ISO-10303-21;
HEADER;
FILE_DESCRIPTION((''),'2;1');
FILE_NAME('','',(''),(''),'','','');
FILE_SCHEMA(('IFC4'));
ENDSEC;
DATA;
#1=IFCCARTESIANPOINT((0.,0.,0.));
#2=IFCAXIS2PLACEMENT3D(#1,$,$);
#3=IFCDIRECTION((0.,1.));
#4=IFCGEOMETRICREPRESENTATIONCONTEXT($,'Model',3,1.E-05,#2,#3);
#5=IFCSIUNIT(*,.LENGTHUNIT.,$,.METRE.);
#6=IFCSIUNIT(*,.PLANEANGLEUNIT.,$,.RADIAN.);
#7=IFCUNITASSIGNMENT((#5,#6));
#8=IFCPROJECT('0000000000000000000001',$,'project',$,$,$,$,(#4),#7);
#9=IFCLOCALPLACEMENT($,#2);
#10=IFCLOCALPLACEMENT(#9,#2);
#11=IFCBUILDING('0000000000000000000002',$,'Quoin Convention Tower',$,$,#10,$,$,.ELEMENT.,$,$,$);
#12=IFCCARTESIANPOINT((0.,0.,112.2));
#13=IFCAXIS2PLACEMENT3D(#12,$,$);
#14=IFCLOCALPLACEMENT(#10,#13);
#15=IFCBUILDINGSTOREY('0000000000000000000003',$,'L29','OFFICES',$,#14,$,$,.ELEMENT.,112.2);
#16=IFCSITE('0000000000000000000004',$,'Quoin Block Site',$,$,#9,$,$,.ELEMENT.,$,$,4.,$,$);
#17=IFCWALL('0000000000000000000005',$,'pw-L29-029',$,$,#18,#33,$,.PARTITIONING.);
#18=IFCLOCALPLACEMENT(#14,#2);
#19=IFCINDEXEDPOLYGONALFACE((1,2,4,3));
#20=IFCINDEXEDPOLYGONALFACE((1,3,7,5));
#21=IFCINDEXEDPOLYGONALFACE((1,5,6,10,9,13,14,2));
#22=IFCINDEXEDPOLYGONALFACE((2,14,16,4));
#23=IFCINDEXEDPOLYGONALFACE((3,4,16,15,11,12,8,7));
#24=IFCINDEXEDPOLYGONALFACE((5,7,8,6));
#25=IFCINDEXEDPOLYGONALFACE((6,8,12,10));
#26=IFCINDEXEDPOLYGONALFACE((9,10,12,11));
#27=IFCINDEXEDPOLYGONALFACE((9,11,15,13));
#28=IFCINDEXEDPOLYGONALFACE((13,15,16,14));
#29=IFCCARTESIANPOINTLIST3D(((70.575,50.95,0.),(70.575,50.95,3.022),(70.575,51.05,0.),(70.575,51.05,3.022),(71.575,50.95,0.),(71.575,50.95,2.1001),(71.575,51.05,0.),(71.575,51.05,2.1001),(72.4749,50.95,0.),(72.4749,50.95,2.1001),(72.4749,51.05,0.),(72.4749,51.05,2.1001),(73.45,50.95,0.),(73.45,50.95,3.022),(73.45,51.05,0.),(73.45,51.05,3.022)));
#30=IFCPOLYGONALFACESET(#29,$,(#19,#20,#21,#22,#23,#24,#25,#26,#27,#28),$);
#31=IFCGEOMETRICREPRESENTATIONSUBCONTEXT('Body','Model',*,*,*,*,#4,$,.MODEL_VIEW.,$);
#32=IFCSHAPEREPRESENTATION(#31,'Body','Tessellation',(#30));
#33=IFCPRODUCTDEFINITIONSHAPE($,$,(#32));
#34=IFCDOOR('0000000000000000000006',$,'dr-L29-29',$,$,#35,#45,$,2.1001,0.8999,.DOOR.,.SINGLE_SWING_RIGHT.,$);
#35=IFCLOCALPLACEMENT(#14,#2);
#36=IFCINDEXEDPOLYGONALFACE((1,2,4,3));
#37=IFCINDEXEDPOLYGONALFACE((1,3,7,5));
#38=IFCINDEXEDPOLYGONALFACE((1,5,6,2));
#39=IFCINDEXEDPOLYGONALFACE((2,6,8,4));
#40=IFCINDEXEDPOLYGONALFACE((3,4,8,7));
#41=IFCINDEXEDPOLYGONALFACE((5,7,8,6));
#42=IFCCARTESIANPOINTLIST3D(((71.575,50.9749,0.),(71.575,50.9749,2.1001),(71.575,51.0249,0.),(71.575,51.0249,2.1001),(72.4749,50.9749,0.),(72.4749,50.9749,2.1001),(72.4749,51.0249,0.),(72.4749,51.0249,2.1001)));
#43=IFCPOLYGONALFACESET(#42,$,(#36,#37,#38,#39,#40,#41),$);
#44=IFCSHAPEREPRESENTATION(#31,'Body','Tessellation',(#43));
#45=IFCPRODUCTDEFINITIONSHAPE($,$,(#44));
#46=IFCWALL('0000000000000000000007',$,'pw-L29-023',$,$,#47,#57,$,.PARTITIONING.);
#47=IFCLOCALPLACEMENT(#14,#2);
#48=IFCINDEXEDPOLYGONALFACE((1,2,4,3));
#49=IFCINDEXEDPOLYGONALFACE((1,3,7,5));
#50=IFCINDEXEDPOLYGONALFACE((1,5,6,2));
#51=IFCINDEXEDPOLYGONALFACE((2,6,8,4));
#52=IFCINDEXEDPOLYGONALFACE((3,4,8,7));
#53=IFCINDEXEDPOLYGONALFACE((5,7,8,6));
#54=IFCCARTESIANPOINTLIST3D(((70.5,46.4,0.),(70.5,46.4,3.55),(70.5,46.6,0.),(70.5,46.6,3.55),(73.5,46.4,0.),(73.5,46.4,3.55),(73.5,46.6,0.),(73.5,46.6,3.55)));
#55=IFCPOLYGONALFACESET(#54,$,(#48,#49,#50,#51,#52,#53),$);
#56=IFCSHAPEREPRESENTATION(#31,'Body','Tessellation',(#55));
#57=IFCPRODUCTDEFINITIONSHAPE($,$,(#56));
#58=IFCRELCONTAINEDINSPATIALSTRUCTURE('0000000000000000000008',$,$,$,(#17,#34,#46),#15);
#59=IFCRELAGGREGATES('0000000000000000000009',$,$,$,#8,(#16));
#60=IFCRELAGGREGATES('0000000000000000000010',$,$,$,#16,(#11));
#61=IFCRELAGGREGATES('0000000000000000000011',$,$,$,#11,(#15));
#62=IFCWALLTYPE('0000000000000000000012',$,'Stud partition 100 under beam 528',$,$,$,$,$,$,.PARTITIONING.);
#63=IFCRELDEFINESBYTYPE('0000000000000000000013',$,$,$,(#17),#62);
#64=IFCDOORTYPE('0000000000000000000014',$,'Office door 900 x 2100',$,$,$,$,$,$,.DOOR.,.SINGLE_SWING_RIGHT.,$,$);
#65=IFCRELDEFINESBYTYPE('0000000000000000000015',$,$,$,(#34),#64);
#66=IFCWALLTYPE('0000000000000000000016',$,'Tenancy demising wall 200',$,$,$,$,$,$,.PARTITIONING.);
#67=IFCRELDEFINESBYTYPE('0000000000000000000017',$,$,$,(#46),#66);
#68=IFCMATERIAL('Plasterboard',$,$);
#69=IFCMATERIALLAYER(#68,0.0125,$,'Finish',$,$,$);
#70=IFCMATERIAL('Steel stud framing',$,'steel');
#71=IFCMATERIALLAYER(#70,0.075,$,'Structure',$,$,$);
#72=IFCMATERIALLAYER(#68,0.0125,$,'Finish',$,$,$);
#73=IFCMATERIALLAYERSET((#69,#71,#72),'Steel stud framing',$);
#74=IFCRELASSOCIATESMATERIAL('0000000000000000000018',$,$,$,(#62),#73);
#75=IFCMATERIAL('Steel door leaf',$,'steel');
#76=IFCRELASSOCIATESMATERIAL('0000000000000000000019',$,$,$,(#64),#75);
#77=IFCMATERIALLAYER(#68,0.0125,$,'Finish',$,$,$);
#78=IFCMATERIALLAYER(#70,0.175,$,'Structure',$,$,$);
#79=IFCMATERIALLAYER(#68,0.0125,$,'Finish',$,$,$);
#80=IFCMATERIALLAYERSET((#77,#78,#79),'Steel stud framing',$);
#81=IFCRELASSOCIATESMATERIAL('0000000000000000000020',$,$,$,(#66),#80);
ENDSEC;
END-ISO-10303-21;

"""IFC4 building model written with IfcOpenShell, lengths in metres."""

from ifc_helpers import new_model, si_unit, direction, frame, frame_2d, origin, place, context, subcontext, project, spatial, rectangle, extrude, material, layer, layer_set, type_object, element, fill, save


model = new_model("IFC4")

# Units and contexts
model_context = context("Model", 3, precision=1e-05, world=origin(), true_north=direction((0.0, 1.0)))
body_context = subcontext(model_context, "Body", "Model", "MODEL_VIEW")
ifc_project = project(units=[si_unit("LENGTHUNIT", "METRE"), si_unit("PLANEANGLEUNIT", "RADIAN")], contexts=[model_context])

# Site, building, storey
site_placement = place(None, origin())
site = spatial("IfcSite", under=ifc_project, at=site_placement, Name="Quoin Block Site", CompositionType="ELEMENT", RefElevation=4.0)
building_placement = place(site_placement, origin())
building = spatial("IfcBuilding", under=site, at=building_placement, Name="Quoin Convention Tower", CompositionType="ELEMENT")
storey_placement = place(building_placement, frame((0.0, 0.0, 112.2)))
storey = spatial("IfcBuildingStorey", under=building, at=storey_placement, Name="L29", Description="OFFICES", CompositionType="ELEMENT", Elevation=112.2)

# Shared definitions
ifc_material_1 = material(Name="Plasterboard")
ifc_material_2 = material(Name="Steel stud framing", Category="steel")
ifc_material_3 = material(Name="Steel door leaf", Category="steel")

# Wall, opening, door
ifc_layer_1 = layer(ifc_material_1, 0.0125, Name="Finish")
ifc_layer_2 = layer(ifc_material_2, 0.075, Name="Structure")
ifc_layer_3 = layer(ifc_material_1, 0.0125, Name="Finish")
ifc_layer_set_1 = layer_set([ifc_layer_1, ifc_layer_2, ifc_layer_3], Name="Steel stud framing")
wall_type_1 = type_object("IfcWallType", Name="Stud partition 100 under beam 528", PredefinedType="PARTITIONING", material=ifc_layer_set_1)
wall_1_placement = place(storey_placement, frame((70.575, 51.0, 0.0), z_axis=(0.0, 0.0, 1.0), x_axis=(1.0, 0.0, 0.0)))
wall_1 = element("IfcWall", 1, at=wall_1_placement, inside=storey, type_object=wall_type_1, Name="pw-L29-029", PredefinedType="PARTITIONING", context=body_context, shape_type="SweptSolid", body=[
    extrude(rectangle(XDim=2.875, YDim=0.1001, at=frame_2d((1.4375, 0.0))), origin(), (0.0, 0.0, 1.0), 3.022),
])
opening_1_placement = place(wall_1_placement, frame((1.0, 0.0, 0.0)))
opening_1 = element("IfcOpeningElement", 2, at=opening_1_placement, cuts=wall_1, PredefinedType="OPENING", context=body_context, shape_type="SweptSolid", body=[
    extrude(rectangle(XDim=0.8999, YDim=2.1001, at=frame_2d((0.45, 1.05))), frame((0.0, 0.0601, 0.0), z_axis=(0.0, -1.0, 0.0), x_axis=(1.0, 0.0, 0.0)), (0.0, 0.0, 1.0), 0.1201),
])
door_type_1 = type_object("IfcDoorType", Name="Office door 900 x 2100", OperationType="SINGLE_SWING_RIGHT", PredefinedType="DOOR", material=ifc_material_3)
door_1_placement = place(opening_1_placement, origin())
door_1 = element("IfcDoor", 3, at=door_1_placement, inside=storey, type_object=door_type_1, Name="dr-L29-29", OperationType="SINGLE_SWING_RIGHT", OverallHeight=2.1001, OverallWidth=0.8999, PredefinedType="DOOR", context=body_context, shape_type="SweptSolid", body=[
    extrude(rectangle(XDim=0.8999, YDim=2.1001, at=frame_2d((0.45, 1.05))), frame((0.0, 0.0249, 0.0), z_axis=(0.0, -1.0, 0.0), x_axis=(1.0, 0.0, 0.0)), (0.0, 0.0, 1.0), 0.05),
])
fill(opening_1, door_1)

# Wall
ifc_layer_4 = layer(ifc_material_1, 0.0125, Name="Finish")
ifc_layer_5 = layer(ifc_material_2, 0.175, Name="Structure")
ifc_layer_6 = layer(ifc_material_1, 0.0125, Name="Finish")
ifc_layer_set_2 = layer_set([ifc_layer_4, ifc_layer_5, ifc_layer_6], Name="Steel stud framing")
wall_type_2 = type_object("IfcWallType", Name="Tenancy demising wall 200", PredefinedType="PARTITIONING", material=ifc_layer_set_2)
wall_2_placement = place(storey_placement, frame((70.5, 46.5, 0.0), z_axis=(0.0, 0.0, 1.0), x_axis=(1.0, 0.0, 0.0)))
element("IfcWall", 4, at=wall_2_placement, inside=storey, type_object=wall_type_2, Name="pw-L29-023", PredefinedType="PARTITIONING", context=body_context, shape_type="SweptSolid", body=[
    extrude(rectangle(XDim=3.0, YDim=0.2, at=frame_2d((1.5, 0.0))), origin(), (0.0, 0.0, 1.0), 3.55),
])

save(model, "model.ifc")
